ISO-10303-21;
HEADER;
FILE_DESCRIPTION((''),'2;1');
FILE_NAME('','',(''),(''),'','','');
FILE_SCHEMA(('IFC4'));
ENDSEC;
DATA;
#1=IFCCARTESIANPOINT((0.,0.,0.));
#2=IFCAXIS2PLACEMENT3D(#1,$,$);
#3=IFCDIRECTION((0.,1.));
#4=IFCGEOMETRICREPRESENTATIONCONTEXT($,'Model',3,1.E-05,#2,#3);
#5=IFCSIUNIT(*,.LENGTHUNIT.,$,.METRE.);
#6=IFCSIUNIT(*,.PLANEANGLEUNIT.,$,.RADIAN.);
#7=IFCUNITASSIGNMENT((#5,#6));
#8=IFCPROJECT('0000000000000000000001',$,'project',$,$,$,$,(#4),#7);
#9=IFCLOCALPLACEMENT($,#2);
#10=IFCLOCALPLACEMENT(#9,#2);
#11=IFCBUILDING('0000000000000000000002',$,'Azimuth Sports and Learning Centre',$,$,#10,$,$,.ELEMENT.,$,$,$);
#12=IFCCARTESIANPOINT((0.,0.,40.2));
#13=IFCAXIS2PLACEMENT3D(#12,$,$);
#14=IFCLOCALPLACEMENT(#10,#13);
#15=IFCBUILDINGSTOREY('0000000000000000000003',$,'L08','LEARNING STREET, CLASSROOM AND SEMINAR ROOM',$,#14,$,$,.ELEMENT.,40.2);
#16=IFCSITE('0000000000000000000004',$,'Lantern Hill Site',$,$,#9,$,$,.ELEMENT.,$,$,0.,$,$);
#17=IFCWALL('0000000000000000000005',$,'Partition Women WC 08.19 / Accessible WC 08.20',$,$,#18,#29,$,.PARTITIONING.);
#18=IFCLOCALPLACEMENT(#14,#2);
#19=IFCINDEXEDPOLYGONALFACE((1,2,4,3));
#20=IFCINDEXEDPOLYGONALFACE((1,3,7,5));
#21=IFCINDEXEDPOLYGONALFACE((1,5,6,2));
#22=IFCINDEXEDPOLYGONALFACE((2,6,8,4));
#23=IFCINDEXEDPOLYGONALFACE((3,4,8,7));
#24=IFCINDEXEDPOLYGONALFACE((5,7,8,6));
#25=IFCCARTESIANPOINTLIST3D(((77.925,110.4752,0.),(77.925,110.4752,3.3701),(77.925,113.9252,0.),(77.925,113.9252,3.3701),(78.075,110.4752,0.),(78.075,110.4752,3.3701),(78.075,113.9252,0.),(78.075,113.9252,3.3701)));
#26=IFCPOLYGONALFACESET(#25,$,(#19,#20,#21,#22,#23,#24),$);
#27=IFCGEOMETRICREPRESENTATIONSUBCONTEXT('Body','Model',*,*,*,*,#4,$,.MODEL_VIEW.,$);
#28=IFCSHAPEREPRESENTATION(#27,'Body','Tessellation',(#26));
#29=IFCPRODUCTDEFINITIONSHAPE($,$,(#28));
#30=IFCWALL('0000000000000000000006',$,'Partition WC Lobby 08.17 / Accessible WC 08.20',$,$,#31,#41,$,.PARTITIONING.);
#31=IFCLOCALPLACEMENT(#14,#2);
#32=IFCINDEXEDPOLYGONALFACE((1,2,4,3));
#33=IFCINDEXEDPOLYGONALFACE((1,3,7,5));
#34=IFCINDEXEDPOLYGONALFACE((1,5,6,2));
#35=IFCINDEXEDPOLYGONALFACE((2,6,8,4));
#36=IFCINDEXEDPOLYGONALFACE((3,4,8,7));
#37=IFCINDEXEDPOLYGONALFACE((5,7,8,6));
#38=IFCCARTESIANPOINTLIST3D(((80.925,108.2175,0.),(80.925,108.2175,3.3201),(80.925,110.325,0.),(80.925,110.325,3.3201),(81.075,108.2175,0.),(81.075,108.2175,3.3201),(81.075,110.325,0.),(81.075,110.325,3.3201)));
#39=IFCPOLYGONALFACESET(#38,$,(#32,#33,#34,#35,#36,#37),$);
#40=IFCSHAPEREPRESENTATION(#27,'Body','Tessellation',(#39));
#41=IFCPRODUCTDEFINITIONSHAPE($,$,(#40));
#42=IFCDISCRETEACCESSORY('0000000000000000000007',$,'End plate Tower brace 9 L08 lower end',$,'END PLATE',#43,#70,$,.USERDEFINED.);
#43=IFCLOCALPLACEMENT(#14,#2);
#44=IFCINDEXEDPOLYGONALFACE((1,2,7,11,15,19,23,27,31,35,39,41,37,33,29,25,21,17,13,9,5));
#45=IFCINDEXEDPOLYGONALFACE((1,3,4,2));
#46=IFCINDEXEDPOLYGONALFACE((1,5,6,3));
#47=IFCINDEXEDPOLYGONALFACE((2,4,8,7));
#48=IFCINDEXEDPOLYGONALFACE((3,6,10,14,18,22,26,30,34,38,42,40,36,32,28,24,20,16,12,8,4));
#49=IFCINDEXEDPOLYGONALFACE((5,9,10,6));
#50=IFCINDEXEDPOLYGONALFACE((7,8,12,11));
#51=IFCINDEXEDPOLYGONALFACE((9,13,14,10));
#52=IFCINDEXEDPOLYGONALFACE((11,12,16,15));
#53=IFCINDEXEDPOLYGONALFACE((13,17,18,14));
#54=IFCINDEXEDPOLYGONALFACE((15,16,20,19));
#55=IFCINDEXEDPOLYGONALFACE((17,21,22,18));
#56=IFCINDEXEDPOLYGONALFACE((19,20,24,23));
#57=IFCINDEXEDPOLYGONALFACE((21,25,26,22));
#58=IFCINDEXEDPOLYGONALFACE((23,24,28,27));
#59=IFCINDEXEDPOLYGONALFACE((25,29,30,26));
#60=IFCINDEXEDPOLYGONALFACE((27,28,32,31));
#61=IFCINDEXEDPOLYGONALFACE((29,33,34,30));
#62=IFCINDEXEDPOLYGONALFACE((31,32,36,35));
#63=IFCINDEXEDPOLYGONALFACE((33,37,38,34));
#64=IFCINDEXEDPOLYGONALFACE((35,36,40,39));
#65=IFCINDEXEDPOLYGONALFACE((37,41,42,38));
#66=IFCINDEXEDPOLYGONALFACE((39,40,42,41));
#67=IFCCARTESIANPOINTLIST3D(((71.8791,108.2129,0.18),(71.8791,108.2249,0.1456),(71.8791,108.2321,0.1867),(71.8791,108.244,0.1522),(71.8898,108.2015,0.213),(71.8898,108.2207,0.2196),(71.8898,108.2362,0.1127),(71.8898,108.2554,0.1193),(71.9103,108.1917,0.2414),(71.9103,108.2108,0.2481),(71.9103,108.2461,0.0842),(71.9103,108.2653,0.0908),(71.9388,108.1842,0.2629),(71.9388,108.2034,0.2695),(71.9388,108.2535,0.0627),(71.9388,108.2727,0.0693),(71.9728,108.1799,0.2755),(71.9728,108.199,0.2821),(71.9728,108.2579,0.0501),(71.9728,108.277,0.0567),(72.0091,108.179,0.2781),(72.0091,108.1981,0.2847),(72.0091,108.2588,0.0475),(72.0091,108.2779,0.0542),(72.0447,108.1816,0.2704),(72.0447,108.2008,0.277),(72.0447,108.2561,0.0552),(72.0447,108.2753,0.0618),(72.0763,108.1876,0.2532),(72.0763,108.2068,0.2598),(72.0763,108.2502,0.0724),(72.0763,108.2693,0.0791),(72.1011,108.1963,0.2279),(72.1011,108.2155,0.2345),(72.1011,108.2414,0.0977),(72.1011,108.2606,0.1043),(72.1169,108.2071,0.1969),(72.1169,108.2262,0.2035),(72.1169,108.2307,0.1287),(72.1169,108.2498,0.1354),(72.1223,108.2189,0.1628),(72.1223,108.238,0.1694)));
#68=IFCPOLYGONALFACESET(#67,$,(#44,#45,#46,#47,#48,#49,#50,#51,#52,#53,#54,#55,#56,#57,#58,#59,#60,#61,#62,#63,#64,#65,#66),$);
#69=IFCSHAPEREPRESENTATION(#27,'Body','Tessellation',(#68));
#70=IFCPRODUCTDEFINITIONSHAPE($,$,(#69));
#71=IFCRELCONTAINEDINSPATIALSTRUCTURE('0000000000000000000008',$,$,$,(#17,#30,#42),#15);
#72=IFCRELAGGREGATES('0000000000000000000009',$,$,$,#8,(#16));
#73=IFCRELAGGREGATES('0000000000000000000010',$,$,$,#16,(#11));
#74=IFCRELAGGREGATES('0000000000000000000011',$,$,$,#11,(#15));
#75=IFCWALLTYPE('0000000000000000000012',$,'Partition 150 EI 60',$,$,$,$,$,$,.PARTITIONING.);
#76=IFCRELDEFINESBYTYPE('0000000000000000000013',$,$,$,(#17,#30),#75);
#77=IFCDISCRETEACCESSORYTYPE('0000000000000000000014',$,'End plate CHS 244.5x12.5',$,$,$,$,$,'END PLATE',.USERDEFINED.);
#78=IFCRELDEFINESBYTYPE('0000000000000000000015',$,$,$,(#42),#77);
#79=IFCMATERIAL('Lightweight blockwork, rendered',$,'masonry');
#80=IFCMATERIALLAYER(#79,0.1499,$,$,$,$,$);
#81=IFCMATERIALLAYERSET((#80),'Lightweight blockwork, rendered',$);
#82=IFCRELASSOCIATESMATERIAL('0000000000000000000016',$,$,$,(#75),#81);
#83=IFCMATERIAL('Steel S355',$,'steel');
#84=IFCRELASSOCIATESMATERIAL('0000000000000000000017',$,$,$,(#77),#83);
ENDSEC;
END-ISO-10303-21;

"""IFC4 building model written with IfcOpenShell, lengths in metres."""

from ifc_helpers import new_model, si_unit, direction, frame, frame_2d, origin, origin_2d, place, context, subcontext, project, spatial, rectangle, circle, extrude, material, layer, layer_set, material_profile, profile_set, type_object, element, save


model = new_model("IFC4")

# Units and contexts
model_context = context("Model", 3, precision=1e-05, world=origin(), true_north=direction((0.0, 1.0)))
body_context = subcontext(model_context, "Body", "Model", "MODEL_VIEW")
ifc_project = project(units=[si_unit("LENGTHUNIT", "METRE"), si_unit("PLANEANGLEUNIT", "RADIAN")], contexts=[model_context])

# Site, building, storey
site_placement = place(None, origin())
site = spatial("IfcSite", under=ifc_project, at=site_placement, Name="Lantern Hill Site", CompositionType="ELEMENT", RefElevation=0.0)
building_placement = place(site_placement, origin())
building = spatial("IfcBuilding", under=site, at=building_placement, Name="Azimuth Sports and Learning Centre", CompositionType="ELEMENT")
storey_placement = place(building_placement, frame((0.0, 0.0, 40.2)))
storey = spatial("IfcBuildingStorey", under=building, at=storey_placement, Name="L08", Description="LEARNING STREET, CLASSROOM AND SEMINAR ROOM", CompositionType="ELEMENT", Elevation=40.2)

# Shared definitions
ifc_material_1 = material(Name="Lightweight blockwork, rendered", Category="masonry")
ifc_layer_1 = layer(ifc_material_1, 0.1499)
ifc_layer_set_1 = layer_set([ifc_layer_1], Name="Lightweight blockwork, rendered")
wall_type_1 = type_object("IfcWallType", Name="Partition 150 EI 60", PredefinedType="PARTITIONING", material=ifc_layer_set_1)

# Walls
wall_1_placement = place(storey_placement, frame((78.0, 110.4751, 0.0), z_axis=(0.0, 0.0, 1.0), x_axis=(0.0, 1.0, 0.0)))
element("IfcWall", 1, at=wall_1_placement, inside=storey, type_object=wall_type_1, Name="Partition Women WC 08.19 / Accessible WC 08.20", PredefinedType="PARTITIONING", context=body_context, shape_type="SweptSolid", body=[
    extrude(rectangle(XDim=3.45, YDim=0.1499, at=frame_2d((1.7251, 0.0))), origin(), (0.0, 0.0, 1.0), 3.3701),
])
wall_2_placement = place(storey_placement, frame((81.0, 108.2175, 0.0), z_axis=(0.0, 0.0, 1.0), x_axis=(0.0, 1.0, 0.0)))
element("IfcWall", 2, at=wall_2_placement, inside=storey, type_object=wall_type_1, Name="Partition WC Lobby 08.17 / Accessible WC 08.20", PredefinedType="PARTITIONING", context=body_context, shape_type="SweptSolid", body=[
    extrude(rectangle(XDim=2.1074, YDim=0.1499, at=frame_2d((1.0537, 0.0))), origin(), (0.0, 0.0, 1.0), 3.3201),
])

# Discrete accessory
ifc_material_2 = material(Name="Steel S355", Category="steel")
ifc_material_profile_1 = material_profile(ifc_material_2, circle(Radius=0.1223, at=origin_2d()), Name="PL 244 DISC")
ifc_profile_set_1 = profile_set([ifc_material_profile_1], Name="Steel S355")
discrete_accessory_type = type_object("IfcDiscreteAccessoryType", Name="End plate CHS 244.5x12.5", ElementType="END PLATE", PredefinedType="USERDEFINED", material=ifc_profile_set_1)
discrete_accessory_placement = place(storey_placement, frame((72.0, 108.238, 0.1694), z_axis=(0.0, -0.944986, -0.327111), x_axis=(1.0, 0.0, 0.0)))
element("IfcDiscreteAccessory", 3, at=discrete_accessory_placement, inside=storey, type_object=discrete_accessory_type, Name="End plate Tower brace 9 L08 lower end", ObjectType="END PLATE", PredefinedType="USERDEFINED", context=body_context, shape_type="SweptSolid", body=[
    extrude(circle(Radius=0.1223, at=origin_2d()), origin(), (0.0, 0.0, 1.0), 0.0203),
])

save(model, "model.ifc")
